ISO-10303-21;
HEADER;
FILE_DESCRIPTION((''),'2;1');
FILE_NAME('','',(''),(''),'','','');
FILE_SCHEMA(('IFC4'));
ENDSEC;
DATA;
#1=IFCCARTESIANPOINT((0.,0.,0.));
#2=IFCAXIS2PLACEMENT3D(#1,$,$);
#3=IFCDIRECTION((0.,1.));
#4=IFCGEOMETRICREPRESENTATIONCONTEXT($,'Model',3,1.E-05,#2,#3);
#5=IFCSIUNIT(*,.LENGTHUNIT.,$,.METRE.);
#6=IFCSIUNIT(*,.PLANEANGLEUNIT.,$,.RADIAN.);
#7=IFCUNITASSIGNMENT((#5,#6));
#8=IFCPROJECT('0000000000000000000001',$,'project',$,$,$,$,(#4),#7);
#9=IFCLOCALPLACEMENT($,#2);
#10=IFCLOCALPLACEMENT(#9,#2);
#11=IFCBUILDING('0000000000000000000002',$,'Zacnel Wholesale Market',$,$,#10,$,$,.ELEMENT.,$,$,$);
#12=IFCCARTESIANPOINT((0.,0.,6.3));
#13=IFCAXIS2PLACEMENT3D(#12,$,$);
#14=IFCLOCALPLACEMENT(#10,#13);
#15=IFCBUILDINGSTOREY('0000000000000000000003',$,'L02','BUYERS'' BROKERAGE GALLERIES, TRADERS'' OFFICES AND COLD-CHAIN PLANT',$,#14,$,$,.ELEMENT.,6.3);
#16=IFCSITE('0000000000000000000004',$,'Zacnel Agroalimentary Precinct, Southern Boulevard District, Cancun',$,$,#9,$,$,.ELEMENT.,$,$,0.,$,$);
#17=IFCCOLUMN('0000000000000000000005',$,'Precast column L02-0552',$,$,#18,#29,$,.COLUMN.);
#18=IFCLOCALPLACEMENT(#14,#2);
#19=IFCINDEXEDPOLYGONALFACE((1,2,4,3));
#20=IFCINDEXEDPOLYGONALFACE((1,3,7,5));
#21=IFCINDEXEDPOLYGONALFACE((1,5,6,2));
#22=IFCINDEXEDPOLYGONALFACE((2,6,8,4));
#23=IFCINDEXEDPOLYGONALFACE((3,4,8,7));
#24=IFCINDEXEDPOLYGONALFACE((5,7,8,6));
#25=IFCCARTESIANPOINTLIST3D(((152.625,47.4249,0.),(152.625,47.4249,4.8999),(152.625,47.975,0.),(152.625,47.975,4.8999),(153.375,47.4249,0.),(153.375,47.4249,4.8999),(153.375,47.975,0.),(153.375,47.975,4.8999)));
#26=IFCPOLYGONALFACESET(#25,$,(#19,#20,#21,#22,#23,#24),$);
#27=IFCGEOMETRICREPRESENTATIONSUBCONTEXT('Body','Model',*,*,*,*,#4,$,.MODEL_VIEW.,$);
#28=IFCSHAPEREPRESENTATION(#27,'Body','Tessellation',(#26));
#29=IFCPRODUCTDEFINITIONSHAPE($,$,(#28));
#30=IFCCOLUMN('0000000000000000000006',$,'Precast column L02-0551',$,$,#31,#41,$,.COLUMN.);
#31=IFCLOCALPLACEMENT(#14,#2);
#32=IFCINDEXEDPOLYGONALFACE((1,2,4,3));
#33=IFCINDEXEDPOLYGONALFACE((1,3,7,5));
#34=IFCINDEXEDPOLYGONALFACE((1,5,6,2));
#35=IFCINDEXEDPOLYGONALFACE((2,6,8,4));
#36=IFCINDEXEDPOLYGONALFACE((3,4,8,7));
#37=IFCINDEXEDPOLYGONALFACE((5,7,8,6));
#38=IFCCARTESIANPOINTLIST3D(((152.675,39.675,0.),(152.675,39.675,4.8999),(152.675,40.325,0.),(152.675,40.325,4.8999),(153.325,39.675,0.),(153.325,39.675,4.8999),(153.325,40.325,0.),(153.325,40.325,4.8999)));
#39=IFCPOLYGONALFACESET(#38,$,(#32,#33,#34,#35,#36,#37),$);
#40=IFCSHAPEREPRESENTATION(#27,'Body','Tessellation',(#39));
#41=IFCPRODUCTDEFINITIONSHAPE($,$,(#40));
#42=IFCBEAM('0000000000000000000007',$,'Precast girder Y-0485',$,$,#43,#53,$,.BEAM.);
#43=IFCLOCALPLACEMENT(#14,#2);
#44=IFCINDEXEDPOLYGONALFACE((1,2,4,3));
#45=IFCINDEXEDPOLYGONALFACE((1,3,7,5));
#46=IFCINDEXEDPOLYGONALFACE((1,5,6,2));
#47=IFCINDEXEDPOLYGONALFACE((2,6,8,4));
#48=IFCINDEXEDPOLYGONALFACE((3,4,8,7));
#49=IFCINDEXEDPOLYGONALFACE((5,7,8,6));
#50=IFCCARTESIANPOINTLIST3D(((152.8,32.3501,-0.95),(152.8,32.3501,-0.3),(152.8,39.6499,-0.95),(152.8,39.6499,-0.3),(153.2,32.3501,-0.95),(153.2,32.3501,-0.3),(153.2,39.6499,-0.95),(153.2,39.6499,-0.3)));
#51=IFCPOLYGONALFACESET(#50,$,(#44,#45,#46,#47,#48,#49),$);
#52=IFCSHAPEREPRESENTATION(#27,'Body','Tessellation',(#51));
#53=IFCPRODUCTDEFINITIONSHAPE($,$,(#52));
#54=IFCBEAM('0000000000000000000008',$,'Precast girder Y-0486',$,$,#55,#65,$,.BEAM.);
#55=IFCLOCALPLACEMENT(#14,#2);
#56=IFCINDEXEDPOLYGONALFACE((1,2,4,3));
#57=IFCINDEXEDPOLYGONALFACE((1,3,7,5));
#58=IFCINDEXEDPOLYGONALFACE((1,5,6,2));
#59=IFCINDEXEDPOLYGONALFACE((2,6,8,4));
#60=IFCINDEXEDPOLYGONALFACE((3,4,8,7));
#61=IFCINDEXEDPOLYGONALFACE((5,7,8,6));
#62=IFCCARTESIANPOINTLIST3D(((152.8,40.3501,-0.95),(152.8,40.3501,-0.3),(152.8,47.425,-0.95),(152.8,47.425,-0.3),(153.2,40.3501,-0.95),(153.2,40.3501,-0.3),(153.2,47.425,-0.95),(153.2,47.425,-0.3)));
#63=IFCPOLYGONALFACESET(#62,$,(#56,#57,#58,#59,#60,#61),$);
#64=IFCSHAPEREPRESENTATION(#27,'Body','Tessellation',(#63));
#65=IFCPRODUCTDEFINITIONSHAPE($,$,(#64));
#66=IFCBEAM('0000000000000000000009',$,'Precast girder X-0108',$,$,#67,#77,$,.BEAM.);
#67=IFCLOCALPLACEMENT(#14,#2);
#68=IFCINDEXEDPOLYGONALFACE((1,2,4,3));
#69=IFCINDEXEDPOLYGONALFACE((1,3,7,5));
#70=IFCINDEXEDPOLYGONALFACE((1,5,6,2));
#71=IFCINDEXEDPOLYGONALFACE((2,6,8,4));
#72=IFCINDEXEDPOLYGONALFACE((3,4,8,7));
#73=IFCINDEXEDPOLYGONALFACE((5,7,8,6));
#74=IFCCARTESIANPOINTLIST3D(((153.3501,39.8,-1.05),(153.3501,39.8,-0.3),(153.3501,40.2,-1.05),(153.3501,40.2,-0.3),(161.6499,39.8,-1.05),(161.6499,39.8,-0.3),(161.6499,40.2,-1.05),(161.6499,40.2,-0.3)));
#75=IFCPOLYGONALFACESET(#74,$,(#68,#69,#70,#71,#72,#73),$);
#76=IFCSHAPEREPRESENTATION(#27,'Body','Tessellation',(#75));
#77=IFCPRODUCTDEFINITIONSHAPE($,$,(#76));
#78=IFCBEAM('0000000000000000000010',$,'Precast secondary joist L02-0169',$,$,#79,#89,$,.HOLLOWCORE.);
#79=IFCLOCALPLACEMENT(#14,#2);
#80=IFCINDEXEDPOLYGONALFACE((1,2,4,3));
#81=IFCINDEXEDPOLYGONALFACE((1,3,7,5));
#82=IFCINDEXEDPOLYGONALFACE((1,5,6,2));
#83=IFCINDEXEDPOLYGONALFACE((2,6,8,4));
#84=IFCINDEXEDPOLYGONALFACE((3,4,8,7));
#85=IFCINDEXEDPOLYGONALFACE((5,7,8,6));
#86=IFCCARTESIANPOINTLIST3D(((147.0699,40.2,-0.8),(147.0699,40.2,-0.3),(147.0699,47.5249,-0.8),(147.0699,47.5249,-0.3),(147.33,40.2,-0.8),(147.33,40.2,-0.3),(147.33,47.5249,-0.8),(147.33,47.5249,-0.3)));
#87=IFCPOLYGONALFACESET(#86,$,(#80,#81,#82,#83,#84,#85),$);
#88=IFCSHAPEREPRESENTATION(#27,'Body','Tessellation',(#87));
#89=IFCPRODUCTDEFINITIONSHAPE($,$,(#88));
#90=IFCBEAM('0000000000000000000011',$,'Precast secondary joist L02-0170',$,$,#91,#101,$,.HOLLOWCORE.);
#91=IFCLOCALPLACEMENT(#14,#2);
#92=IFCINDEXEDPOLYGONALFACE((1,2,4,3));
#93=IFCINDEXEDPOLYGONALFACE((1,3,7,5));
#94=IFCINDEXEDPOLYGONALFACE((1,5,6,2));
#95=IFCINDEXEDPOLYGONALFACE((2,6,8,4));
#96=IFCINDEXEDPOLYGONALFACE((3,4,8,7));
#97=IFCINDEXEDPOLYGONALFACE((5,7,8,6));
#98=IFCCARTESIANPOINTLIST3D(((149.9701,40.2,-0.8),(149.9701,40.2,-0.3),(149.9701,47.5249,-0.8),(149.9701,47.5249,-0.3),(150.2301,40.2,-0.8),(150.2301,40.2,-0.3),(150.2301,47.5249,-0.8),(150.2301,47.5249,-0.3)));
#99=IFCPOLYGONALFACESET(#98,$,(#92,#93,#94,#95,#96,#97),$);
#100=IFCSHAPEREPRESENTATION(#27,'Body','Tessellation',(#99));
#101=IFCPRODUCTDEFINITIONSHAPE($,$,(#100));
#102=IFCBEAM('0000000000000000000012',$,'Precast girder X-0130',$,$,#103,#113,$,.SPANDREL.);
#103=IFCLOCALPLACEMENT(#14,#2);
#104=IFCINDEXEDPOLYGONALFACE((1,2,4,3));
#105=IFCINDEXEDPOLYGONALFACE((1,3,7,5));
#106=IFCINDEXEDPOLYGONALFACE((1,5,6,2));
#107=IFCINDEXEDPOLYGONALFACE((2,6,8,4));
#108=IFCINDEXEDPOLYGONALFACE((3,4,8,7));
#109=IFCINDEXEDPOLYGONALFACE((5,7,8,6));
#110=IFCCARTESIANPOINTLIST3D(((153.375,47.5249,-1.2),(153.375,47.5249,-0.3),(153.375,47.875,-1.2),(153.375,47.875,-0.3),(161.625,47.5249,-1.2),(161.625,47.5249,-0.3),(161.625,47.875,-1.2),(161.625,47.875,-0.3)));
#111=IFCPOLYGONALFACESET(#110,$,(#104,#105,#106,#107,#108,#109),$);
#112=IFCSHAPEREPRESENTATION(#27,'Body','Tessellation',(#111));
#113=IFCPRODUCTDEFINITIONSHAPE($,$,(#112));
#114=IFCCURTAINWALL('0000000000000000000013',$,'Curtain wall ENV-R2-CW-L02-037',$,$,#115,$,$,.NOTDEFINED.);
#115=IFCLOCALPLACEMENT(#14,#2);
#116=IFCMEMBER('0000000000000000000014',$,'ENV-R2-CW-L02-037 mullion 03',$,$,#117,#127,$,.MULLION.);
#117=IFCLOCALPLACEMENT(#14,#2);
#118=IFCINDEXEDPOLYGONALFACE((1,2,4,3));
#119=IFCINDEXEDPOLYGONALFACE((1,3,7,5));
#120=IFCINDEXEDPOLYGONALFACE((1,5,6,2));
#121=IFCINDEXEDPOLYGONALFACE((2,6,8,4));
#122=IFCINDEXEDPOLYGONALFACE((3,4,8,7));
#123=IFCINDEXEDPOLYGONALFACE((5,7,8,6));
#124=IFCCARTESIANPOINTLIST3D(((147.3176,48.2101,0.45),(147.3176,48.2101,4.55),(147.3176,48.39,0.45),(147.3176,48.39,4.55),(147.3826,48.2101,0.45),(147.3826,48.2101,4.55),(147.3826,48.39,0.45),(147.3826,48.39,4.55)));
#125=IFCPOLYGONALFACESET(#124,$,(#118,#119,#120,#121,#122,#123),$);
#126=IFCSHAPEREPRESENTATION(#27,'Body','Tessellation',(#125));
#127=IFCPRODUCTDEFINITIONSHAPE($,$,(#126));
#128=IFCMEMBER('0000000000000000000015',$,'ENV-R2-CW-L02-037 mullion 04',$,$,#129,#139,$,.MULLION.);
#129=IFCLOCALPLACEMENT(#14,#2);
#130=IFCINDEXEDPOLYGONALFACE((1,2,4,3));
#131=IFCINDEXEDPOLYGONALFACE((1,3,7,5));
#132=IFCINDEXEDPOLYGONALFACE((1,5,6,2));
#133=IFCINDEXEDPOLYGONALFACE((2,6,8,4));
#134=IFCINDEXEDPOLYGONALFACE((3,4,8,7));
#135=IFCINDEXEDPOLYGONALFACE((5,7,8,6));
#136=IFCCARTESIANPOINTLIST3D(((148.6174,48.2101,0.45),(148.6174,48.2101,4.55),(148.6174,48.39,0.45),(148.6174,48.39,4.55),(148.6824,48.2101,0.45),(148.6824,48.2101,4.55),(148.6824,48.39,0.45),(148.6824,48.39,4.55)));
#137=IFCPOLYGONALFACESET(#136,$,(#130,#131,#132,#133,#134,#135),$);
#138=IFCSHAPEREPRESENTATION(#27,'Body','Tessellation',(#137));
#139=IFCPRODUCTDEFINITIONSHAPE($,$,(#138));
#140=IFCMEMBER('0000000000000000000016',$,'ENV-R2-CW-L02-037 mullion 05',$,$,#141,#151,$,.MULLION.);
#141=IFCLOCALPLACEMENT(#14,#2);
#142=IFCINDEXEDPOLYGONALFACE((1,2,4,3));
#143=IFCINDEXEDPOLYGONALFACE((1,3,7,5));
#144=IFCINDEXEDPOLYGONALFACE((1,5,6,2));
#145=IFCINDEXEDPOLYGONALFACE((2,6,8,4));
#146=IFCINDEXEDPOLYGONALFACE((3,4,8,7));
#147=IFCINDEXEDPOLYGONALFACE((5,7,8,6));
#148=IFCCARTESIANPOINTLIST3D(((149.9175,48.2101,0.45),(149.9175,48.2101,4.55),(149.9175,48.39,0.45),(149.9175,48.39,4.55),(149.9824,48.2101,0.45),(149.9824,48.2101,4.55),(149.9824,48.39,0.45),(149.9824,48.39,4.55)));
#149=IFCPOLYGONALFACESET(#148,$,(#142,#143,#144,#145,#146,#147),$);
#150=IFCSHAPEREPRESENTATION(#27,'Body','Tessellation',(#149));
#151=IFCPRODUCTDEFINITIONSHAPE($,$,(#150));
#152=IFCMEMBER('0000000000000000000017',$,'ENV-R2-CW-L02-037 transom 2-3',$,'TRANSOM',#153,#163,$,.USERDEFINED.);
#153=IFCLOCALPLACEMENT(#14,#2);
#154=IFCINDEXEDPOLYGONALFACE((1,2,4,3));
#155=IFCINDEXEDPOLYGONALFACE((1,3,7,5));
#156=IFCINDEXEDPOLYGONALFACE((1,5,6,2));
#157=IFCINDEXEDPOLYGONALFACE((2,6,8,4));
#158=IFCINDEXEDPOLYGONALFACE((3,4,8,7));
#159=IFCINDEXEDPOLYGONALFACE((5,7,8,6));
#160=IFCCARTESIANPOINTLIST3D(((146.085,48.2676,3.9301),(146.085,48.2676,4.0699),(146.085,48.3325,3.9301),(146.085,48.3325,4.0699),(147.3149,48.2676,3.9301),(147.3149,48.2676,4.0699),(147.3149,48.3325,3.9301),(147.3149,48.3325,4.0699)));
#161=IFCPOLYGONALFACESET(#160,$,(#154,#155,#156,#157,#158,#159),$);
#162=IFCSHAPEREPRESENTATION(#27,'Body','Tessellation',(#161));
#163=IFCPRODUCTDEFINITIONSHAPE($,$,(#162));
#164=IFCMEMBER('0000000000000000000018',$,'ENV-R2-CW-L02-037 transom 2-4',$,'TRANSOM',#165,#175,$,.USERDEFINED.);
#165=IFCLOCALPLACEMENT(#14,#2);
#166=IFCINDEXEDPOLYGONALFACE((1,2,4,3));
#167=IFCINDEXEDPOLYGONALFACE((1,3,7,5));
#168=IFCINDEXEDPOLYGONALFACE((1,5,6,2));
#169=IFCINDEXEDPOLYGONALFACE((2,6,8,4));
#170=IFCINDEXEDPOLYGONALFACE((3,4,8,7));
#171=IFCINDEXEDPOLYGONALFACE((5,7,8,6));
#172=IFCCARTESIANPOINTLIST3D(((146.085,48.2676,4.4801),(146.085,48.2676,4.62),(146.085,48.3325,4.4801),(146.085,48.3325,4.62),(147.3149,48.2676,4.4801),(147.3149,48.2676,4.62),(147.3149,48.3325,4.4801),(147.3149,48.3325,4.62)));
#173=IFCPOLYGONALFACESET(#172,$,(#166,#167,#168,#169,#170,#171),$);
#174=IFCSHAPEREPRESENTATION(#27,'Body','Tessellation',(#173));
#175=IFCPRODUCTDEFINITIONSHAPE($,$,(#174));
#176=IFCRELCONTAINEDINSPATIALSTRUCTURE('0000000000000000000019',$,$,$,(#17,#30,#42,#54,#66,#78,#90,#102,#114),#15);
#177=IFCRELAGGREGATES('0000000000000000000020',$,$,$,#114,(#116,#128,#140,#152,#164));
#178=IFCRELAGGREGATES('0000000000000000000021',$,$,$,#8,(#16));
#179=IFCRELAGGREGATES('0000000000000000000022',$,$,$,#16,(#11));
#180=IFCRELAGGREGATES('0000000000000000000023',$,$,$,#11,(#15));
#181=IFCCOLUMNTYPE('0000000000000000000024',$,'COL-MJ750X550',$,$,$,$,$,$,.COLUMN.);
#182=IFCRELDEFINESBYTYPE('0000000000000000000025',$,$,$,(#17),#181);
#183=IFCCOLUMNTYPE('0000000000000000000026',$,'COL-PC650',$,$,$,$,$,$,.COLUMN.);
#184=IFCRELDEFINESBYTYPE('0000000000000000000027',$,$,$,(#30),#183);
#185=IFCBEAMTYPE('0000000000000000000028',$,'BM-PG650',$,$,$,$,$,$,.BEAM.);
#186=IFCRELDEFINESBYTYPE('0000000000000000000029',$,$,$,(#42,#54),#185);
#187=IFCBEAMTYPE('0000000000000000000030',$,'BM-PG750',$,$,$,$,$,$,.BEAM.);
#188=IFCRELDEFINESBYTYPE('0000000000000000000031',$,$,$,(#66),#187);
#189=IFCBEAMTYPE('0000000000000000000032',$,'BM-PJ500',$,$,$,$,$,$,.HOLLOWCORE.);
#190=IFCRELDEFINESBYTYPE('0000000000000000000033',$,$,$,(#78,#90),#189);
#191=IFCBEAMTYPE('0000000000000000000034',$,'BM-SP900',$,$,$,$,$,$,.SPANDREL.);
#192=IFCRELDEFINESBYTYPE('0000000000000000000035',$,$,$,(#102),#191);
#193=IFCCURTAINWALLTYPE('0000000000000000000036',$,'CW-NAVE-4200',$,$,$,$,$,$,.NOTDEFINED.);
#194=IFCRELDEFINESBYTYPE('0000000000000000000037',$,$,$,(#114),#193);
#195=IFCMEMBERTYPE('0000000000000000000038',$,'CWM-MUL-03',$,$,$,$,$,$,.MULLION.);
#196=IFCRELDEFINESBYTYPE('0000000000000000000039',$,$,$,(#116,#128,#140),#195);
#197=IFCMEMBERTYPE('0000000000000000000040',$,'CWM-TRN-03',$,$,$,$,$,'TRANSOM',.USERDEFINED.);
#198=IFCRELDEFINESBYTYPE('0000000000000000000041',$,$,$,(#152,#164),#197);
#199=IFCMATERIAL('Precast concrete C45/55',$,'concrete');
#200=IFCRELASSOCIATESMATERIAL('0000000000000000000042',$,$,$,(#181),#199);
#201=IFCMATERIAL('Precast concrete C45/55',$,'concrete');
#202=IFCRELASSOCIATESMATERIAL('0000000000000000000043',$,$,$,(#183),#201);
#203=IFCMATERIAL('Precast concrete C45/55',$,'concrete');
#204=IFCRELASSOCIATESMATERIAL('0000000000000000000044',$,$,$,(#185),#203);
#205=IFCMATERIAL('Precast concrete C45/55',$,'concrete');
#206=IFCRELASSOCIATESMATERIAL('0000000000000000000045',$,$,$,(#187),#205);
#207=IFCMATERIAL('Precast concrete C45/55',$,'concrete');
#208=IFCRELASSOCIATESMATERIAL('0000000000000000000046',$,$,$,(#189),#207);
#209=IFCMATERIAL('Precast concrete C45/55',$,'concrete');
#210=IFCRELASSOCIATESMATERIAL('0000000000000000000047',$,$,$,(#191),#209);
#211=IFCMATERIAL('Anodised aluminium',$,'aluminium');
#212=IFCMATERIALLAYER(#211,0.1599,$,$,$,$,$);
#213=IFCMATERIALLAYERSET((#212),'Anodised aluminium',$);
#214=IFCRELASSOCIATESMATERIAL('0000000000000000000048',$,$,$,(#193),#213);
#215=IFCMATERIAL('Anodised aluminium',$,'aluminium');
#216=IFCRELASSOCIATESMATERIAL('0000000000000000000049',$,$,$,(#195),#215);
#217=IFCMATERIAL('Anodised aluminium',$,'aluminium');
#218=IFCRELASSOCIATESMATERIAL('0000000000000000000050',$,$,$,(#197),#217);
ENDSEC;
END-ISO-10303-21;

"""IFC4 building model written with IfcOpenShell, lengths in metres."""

from ifc_helpers import new_model, si_unit, direction, frame, origin, origin_2d, place, context, subcontext, project, spatial, rectangle, extrude, material, layer, layer_set, material_profile, profile_set, type_object, element, aggregate, save


model = new_model("IFC4")

# Units and contexts
model_context = context("Model", 3, precision=1e-05, world=origin(), true_north=direction((0.0, 1.0)))
body_context = subcontext(model_context, "Body", "Model", "MODEL_VIEW")
ifc_project = project(units=[si_unit("LENGTHUNIT", "METRE"), si_unit("PLANEANGLEUNIT", "RADIAN")], contexts=[model_context])

# Site, building, storey
site_placement = place(None, origin())
site = spatial("IfcSite", under=ifc_project, at=site_placement, Name="Zacnel Agroalimentary Precinct, Southern Boulevard District, Cancun", CompositionType="ELEMENT", RefElevation=0.0)
building_placement = place(site_placement, origin())
building = spatial("IfcBuilding", under=site, at=building_placement, Name="Zacnel Wholesale Market", CompositionType="ELEMENT")
storey_placement = place(building_placement, frame((0.0, 0.0, 6.3)))
storey = spatial("IfcBuildingStorey", under=building, at=storey_placement, Name="L02", Description="BUYERS' BROKERAGE GALLERIES, TRADERS' OFFICES AND COLD-CHAIN PLANT", CompositionType="ELEMENT", Elevation=6.3)

# Columns
ifc_material_1 = material(Name="Precast concrete C45/55", Category="concrete")
ifc_material_profile_1 = material_profile(ifc_material_1, rectangle(XDim=0.75, YDim=0.55, at=origin_2d()), Name="PC 750x550")
ifc_profile_set_1 = profile_set([ifc_material_profile_1], Name="Precast concrete C45/55")
column_type_1 = type_object("IfcColumnType", Name="COL-MJ750X550", PredefinedType="COLUMN", material=ifc_profile_set_1)
column_1_placement = place(storey_placement, frame((153.0, 47.7, 0.0), z_axis=(0.0, 0.0, 1.0), x_axis=(1.0, 0.0, 0.0)))
element("IfcColumn", 1, at=column_1_placement, inside=storey, type_object=column_type_1, Name="Precast column L02-0552", PredefinedType="COLUMN", context=body_context, shape_type="SweptSolid", body=[
    extrude(rectangle(XDim=0.75, YDim=0.55, at=origin_2d()), origin(), (0.0, 0.0, 1.0), 4.8999),
])
ifc_material_2 = material(Name="Precast concrete C45/55", Category="concrete")
ifc_material_profile_2 = material_profile(ifc_material_2, rectangle(XDim=0.6499, YDim=0.6499, at=origin_2d()), Name="PC 650x650")
ifc_profile_set_2 = profile_set([ifc_material_profile_2], Name="Precast concrete C45/55")
column_type_2 = type_object("IfcColumnType", Name="COL-PC650", PredefinedType="COLUMN", material=ifc_profile_set_2)
column_2_placement = place(storey_placement, frame((153.0, 40.0, 0.0), z_axis=(0.0, 0.0, 1.0), x_axis=(1.0, 0.0, 0.0)))
element("IfcColumn", 2, at=column_2_placement, inside=storey, type_object=column_type_2, Name="Precast column L02-0551", PredefinedType="COLUMN", context=body_context, shape_type="SweptSolid", body=[
    extrude(rectangle(XDim=0.6499, YDim=0.6499, at=origin_2d()), origin(), (0.0, 0.0, 1.0), 4.8999),
])

# Beams
ifc_material_3 = material(Name="Precast concrete C45/55", Category="concrete")
ifc_material_profile_3 = material_profile(ifc_material_3, rectangle(XDim=0.3999, YDim=0.6499, at=origin_2d()), Name="PG 400x650")
ifc_profile_set_3 = profile_set([ifc_material_profile_3], Name="Precast concrete C45/55")
beam_type_1 = type_object("IfcBeamType", Name="BM-PG650", PredefinedType="BEAM", material=ifc_profile_set_3)
beam_1_placement = place(storey_placement, frame((153.0, 32.3501, -0.625), z_axis=(0.0, 1.0, 0.0), x_axis=(-1.0, 0.0, 0.0)))
element("IfcBeam", 3, at=beam_1_placement, inside=storey, type_object=beam_type_1, Name="Precast girder Y-0485", PredefinedType="BEAM", context=body_context, shape_type="SweptSolid", body=[
    extrude(rectangle(XDim=0.3999, YDim=0.6499, at=origin_2d()), origin(), (0.0, 0.0, 1.0), 7.2998),
])
beam_2_placement = place(storey_placement, frame((153.0, 40.3501, -0.625), z_axis=(0.0, 1.0, 0.0), x_axis=(-1.0, 0.0, 0.0)))
element("IfcBeam", 4, at=beam_2_placement, inside=storey, type_object=beam_type_1, Name="Precast girder Y-0486", PredefinedType="BEAM", context=body_context, shape_type="SweptSolid", body=[
    extrude(rectangle(XDim=0.3999, YDim=0.6499, at=origin_2d()), origin(), (0.0, 0.0, 1.0), 7.075),
])
ifc_material_4 = material(Name="Precast concrete C45/55", Category="concrete")
ifc_material_profile_4 = material_profile(ifc_material_4, rectangle(XDim=0.3999, YDim=0.75, at=origin_2d()), Name="PG 400x750")
ifc_profile_set_4 = profile_set([ifc_material_profile_4], Name="Precast concrete C45/55")
beam_type_2 = type_object("IfcBeamType", Name="BM-PG750", PredefinedType="BEAM", material=ifc_profile_set_4)
beam_3_placement = place(storey_placement, frame((153.3501, 40.0, -0.675), z_axis=(1.0, 0.0, 0.0), x_axis=(0.0, 1.0, 0.0)))
element("IfcBeam", 5, at=beam_3_placement, inside=storey, type_object=beam_type_2, Name="Precast girder X-0108", PredefinedType="BEAM", context=body_context, shape_type="SweptSolid", body=[
    extrude(rectangle(XDim=0.3999, YDim=0.75, at=origin_2d()), origin(), (0.0, 0.0, 1.0), 8.2998),
])
ifc_material_5 = material(Name="Precast concrete C45/55", Category="concrete")
ifc_material_profile_5 = material_profile(ifc_material_5, rectangle(XDim=0.26, YDim=0.5, at=origin_2d()), Name="PJ 260x500")
ifc_profile_set_5 = profile_set([ifc_material_profile_5], Name="Precast concrete C45/55")
beam_type_3 = type_object("IfcBeamType", Name="BM-PJ500", PredefinedType="HOLLOWCORE", material=ifc_profile_set_5)
for number, where, z_axis, x_axis, name in (
    (6, (147.2, 40.2, -0.55), (0.0, 1.0, 0.0), (-1.0, 0.0, 0.0), "Precast secondary joist L02-0169"),
    (7, (150.1001, 40.2, -0.55), (0.0, 1.0, 0.0), (-1.0, 0.0, 0.0), "Precast secondary joist L02-0170"),
):
    element("IfcBeam", number, at=place(storey_placement, frame(where, z_axis=z_axis, x_axis=x_axis)), inside=storey, type_object=beam_type_3, Name=name, PredefinedType="HOLLOWCORE", context=body_context, shape_type="SweptSolid", body=[
        extrude(rectangle(XDim=0.26, YDim=0.5, at=origin_2d()), origin(), (0.0, 0.0, 1.0), 7.325),
    ])
ifc_material_6 = material(Name="Precast concrete C45/55", Category="concrete")
ifc_material_profile_6 = material_profile(ifc_material_6, rectangle(XDim=0.3501, YDim=0.8999, at=origin_2d()), Name="SP 350x900")
ifc_profile_set_6 = profile_set([ifc_material_profile_6], Name="Precast concrete C45/55")
beam_type_4 = type_object("IfcBeamType", Name="BM-SP900", PredefinedType="SPANDREL", material=ifc_profile_set_6)
beam_4_placement = place(storey_placement, frame((153.375, 47.7, -0.75), z_axis=(1.0, 0.0, 0.0), x_axis=(0.0, 1.0, 0.0)))
element("IfcBeam", 8, at=beam_4_placement, inside=storey, type_object=beam_type_4, Name="Precast girder X-0130", PredefinedType="SPANDREL", context=body_context, shape_type="SweptSolid", body=[
    extrude(rectangle(XDim=0.3501, YDim=0.8999, at=origin_2d()), origin(), (0.0, 0.0, 1.0), 8.25),
])

# Curtain wall, members
ifc_material_7 = material(Name="Anodised aluminium", Category="aluminium")
ifc_layer_1 = layer(ifc_material_7, 0.1599)
ifc_layer_set_1 = layer_set([ifc_layer_1], Name="Anodised aluminium")
curtain_wall_type = type_object("IfcCurtainWallType", Name="CW-NAVE-4200", PredefinedType="NOTDEFINED", material=ifc_layer_set_1)
curtain_wall_placement = place(storey_placement, origin())
curtain_wall = element("IfcCurtainWall", 9, at=curtain_wall_placement, inside=storey, type_object=curtain_wall_type, Name="Curtain wall ENV-R2-CW-L02-037", PredefinedType="NOTDEFINED")
ifc_material_8 = material(Name="Anodised aluminium", Category="aluminium")
ifc_material_profile_7 = material_profile(ifc_material_8, rectangle(XDim=0.0649, YDim=0.1799, at=origin_2d()), Name="AW-MULLION 65x180")
ifc_profile_set_7 = profile_set([ifc_material_profile_7], Name="Anodised aluminium")
member_type_1 = type_object("IfcMemberType", Name="CWM-MUL-03", PredefinedType="MULLION", material=ifc_profile_set_7)
member_1_placement = place(storey_placement, frame((147.3501, 48.3, 0.45), z_axis=(0.0, 0.0, 1.0), x_axis=(1.0, 0.0, 0.0)))
member_1 = element("IfcMember", 10, at=member_1_placement, type_object=member_type_1, Name="ENV-R2-CW-L02-037 mullion 03", PredefinedType="MULLION", context=body_context, shape_type="SweptSolid", body=[
    extrude(rectangle(XDim=0.0649, YDim=0.1799, at=origin_2d()), origin(), (0.0, 0.0, 1.0), 4.1001),
])
member_2_placement = place(storey_placement, frame((148.6499, 48.3, 0.45), z_axis=(0.0, 0.0, 1.0), x_axis=(1.0, 0.0, 0.0)))
member_2 = element("IfcMember", 11, at=member_2_placement, type_object=member_type_1, Name="ENV-R2-CW-L02-037 mullion 04", PredefinedType="MULLION", context=body_context, shape_type="SweptSolid", body=[
    extrude(rectangle(XDim=0.0649, YDim=0.1799, at=origin_2d()), origin(), (0.0, 0.0, 1.0), 4.1001),
])
member_3_placement = place(storey_placement, frame((149.95, 48.3, 0.45), z_axis=(0.0, 0.0, 1.0), x_axis=(1.0, 0.0, 0.0)))
member_3 = element("IfcMember", 12, at=member_3_placement, type_object=member_type_1, Name="ENV-R2-CW-L02-037 mullion 05", PredefinedType="MULLION", context=body_context, shape_type="SweptSolid", body=[
    extrude(rectangle(XDim=0.0649, YDim=0.1799, at=origin_2d()), origin(), (0.0, 0.0, 1.0), 4.1001),
])
ifc_material_9 = material(Name="Anodised aluminium", Category="aluminium")
ifc_material_profile_8 = material_profile(ifc_material_9, rectangle(XDim=0.0649, YDim=0.1399, at=origin_2d()), Name="AW-TRANSOM 65x140")
ifc_profile_set_8 = profile_set([ifc_material_profile_8], Name="Anodised aluminium")
member_type_2 = type_object("IfcMemberType", Name="CWM-TRN-03", ElementType="TRANSOM", PredefinedType="USERDEFINED", material=ifc_profile_set_8)
member_4_placement = place(storey_placement, frame((146.085, 48.3, 4.0), z_axis=(1.0, 0.0, 0.0), x_axis=(0.0, 1.0, 0.0)))
member_4 = element("IfcMember", 13, at=member_4_placement, type_object=member_type_2, Name="ENV-R2-CW-L02-037 transom 2-3", ObjectType="TRANSOM", PredefinedType="USERDEFINED", context=body_context, shape_type="SweptSolid", body=[
    extrude(rectangle(XDim=0.0649, YDim=0.1399, at=origin_2d()), origin(), (0.0, 0.0, 1.0), 1.23),
])
member_5_placement = place(storey_placement, frame((146.085, 48.3, 4.55), z_axis=(1.0, 0.0, 0.0), x_axis=(0.0, 1.0, 0.0)))
member_5 = element("IfcMember", 14, at=member_5_placement, type_object=member_type_2, Name="ENV-R2-CW-L02-037 transom 2-4", ObjectType="TRANSOM", PredefinedType="USERDEFINED", context=body_context, shape_type="SweptSolid", body=[
    extrude(rectangle(XDim=0.0649, YDim=0.1399, at=origin_2d()), origin(), (0.0, 0.0, 1.0), 1.23),
])
aggregate(curtain_wall, [member_1, member_2, member_3, member_4, member_5])

save(model, "model.ifc")
